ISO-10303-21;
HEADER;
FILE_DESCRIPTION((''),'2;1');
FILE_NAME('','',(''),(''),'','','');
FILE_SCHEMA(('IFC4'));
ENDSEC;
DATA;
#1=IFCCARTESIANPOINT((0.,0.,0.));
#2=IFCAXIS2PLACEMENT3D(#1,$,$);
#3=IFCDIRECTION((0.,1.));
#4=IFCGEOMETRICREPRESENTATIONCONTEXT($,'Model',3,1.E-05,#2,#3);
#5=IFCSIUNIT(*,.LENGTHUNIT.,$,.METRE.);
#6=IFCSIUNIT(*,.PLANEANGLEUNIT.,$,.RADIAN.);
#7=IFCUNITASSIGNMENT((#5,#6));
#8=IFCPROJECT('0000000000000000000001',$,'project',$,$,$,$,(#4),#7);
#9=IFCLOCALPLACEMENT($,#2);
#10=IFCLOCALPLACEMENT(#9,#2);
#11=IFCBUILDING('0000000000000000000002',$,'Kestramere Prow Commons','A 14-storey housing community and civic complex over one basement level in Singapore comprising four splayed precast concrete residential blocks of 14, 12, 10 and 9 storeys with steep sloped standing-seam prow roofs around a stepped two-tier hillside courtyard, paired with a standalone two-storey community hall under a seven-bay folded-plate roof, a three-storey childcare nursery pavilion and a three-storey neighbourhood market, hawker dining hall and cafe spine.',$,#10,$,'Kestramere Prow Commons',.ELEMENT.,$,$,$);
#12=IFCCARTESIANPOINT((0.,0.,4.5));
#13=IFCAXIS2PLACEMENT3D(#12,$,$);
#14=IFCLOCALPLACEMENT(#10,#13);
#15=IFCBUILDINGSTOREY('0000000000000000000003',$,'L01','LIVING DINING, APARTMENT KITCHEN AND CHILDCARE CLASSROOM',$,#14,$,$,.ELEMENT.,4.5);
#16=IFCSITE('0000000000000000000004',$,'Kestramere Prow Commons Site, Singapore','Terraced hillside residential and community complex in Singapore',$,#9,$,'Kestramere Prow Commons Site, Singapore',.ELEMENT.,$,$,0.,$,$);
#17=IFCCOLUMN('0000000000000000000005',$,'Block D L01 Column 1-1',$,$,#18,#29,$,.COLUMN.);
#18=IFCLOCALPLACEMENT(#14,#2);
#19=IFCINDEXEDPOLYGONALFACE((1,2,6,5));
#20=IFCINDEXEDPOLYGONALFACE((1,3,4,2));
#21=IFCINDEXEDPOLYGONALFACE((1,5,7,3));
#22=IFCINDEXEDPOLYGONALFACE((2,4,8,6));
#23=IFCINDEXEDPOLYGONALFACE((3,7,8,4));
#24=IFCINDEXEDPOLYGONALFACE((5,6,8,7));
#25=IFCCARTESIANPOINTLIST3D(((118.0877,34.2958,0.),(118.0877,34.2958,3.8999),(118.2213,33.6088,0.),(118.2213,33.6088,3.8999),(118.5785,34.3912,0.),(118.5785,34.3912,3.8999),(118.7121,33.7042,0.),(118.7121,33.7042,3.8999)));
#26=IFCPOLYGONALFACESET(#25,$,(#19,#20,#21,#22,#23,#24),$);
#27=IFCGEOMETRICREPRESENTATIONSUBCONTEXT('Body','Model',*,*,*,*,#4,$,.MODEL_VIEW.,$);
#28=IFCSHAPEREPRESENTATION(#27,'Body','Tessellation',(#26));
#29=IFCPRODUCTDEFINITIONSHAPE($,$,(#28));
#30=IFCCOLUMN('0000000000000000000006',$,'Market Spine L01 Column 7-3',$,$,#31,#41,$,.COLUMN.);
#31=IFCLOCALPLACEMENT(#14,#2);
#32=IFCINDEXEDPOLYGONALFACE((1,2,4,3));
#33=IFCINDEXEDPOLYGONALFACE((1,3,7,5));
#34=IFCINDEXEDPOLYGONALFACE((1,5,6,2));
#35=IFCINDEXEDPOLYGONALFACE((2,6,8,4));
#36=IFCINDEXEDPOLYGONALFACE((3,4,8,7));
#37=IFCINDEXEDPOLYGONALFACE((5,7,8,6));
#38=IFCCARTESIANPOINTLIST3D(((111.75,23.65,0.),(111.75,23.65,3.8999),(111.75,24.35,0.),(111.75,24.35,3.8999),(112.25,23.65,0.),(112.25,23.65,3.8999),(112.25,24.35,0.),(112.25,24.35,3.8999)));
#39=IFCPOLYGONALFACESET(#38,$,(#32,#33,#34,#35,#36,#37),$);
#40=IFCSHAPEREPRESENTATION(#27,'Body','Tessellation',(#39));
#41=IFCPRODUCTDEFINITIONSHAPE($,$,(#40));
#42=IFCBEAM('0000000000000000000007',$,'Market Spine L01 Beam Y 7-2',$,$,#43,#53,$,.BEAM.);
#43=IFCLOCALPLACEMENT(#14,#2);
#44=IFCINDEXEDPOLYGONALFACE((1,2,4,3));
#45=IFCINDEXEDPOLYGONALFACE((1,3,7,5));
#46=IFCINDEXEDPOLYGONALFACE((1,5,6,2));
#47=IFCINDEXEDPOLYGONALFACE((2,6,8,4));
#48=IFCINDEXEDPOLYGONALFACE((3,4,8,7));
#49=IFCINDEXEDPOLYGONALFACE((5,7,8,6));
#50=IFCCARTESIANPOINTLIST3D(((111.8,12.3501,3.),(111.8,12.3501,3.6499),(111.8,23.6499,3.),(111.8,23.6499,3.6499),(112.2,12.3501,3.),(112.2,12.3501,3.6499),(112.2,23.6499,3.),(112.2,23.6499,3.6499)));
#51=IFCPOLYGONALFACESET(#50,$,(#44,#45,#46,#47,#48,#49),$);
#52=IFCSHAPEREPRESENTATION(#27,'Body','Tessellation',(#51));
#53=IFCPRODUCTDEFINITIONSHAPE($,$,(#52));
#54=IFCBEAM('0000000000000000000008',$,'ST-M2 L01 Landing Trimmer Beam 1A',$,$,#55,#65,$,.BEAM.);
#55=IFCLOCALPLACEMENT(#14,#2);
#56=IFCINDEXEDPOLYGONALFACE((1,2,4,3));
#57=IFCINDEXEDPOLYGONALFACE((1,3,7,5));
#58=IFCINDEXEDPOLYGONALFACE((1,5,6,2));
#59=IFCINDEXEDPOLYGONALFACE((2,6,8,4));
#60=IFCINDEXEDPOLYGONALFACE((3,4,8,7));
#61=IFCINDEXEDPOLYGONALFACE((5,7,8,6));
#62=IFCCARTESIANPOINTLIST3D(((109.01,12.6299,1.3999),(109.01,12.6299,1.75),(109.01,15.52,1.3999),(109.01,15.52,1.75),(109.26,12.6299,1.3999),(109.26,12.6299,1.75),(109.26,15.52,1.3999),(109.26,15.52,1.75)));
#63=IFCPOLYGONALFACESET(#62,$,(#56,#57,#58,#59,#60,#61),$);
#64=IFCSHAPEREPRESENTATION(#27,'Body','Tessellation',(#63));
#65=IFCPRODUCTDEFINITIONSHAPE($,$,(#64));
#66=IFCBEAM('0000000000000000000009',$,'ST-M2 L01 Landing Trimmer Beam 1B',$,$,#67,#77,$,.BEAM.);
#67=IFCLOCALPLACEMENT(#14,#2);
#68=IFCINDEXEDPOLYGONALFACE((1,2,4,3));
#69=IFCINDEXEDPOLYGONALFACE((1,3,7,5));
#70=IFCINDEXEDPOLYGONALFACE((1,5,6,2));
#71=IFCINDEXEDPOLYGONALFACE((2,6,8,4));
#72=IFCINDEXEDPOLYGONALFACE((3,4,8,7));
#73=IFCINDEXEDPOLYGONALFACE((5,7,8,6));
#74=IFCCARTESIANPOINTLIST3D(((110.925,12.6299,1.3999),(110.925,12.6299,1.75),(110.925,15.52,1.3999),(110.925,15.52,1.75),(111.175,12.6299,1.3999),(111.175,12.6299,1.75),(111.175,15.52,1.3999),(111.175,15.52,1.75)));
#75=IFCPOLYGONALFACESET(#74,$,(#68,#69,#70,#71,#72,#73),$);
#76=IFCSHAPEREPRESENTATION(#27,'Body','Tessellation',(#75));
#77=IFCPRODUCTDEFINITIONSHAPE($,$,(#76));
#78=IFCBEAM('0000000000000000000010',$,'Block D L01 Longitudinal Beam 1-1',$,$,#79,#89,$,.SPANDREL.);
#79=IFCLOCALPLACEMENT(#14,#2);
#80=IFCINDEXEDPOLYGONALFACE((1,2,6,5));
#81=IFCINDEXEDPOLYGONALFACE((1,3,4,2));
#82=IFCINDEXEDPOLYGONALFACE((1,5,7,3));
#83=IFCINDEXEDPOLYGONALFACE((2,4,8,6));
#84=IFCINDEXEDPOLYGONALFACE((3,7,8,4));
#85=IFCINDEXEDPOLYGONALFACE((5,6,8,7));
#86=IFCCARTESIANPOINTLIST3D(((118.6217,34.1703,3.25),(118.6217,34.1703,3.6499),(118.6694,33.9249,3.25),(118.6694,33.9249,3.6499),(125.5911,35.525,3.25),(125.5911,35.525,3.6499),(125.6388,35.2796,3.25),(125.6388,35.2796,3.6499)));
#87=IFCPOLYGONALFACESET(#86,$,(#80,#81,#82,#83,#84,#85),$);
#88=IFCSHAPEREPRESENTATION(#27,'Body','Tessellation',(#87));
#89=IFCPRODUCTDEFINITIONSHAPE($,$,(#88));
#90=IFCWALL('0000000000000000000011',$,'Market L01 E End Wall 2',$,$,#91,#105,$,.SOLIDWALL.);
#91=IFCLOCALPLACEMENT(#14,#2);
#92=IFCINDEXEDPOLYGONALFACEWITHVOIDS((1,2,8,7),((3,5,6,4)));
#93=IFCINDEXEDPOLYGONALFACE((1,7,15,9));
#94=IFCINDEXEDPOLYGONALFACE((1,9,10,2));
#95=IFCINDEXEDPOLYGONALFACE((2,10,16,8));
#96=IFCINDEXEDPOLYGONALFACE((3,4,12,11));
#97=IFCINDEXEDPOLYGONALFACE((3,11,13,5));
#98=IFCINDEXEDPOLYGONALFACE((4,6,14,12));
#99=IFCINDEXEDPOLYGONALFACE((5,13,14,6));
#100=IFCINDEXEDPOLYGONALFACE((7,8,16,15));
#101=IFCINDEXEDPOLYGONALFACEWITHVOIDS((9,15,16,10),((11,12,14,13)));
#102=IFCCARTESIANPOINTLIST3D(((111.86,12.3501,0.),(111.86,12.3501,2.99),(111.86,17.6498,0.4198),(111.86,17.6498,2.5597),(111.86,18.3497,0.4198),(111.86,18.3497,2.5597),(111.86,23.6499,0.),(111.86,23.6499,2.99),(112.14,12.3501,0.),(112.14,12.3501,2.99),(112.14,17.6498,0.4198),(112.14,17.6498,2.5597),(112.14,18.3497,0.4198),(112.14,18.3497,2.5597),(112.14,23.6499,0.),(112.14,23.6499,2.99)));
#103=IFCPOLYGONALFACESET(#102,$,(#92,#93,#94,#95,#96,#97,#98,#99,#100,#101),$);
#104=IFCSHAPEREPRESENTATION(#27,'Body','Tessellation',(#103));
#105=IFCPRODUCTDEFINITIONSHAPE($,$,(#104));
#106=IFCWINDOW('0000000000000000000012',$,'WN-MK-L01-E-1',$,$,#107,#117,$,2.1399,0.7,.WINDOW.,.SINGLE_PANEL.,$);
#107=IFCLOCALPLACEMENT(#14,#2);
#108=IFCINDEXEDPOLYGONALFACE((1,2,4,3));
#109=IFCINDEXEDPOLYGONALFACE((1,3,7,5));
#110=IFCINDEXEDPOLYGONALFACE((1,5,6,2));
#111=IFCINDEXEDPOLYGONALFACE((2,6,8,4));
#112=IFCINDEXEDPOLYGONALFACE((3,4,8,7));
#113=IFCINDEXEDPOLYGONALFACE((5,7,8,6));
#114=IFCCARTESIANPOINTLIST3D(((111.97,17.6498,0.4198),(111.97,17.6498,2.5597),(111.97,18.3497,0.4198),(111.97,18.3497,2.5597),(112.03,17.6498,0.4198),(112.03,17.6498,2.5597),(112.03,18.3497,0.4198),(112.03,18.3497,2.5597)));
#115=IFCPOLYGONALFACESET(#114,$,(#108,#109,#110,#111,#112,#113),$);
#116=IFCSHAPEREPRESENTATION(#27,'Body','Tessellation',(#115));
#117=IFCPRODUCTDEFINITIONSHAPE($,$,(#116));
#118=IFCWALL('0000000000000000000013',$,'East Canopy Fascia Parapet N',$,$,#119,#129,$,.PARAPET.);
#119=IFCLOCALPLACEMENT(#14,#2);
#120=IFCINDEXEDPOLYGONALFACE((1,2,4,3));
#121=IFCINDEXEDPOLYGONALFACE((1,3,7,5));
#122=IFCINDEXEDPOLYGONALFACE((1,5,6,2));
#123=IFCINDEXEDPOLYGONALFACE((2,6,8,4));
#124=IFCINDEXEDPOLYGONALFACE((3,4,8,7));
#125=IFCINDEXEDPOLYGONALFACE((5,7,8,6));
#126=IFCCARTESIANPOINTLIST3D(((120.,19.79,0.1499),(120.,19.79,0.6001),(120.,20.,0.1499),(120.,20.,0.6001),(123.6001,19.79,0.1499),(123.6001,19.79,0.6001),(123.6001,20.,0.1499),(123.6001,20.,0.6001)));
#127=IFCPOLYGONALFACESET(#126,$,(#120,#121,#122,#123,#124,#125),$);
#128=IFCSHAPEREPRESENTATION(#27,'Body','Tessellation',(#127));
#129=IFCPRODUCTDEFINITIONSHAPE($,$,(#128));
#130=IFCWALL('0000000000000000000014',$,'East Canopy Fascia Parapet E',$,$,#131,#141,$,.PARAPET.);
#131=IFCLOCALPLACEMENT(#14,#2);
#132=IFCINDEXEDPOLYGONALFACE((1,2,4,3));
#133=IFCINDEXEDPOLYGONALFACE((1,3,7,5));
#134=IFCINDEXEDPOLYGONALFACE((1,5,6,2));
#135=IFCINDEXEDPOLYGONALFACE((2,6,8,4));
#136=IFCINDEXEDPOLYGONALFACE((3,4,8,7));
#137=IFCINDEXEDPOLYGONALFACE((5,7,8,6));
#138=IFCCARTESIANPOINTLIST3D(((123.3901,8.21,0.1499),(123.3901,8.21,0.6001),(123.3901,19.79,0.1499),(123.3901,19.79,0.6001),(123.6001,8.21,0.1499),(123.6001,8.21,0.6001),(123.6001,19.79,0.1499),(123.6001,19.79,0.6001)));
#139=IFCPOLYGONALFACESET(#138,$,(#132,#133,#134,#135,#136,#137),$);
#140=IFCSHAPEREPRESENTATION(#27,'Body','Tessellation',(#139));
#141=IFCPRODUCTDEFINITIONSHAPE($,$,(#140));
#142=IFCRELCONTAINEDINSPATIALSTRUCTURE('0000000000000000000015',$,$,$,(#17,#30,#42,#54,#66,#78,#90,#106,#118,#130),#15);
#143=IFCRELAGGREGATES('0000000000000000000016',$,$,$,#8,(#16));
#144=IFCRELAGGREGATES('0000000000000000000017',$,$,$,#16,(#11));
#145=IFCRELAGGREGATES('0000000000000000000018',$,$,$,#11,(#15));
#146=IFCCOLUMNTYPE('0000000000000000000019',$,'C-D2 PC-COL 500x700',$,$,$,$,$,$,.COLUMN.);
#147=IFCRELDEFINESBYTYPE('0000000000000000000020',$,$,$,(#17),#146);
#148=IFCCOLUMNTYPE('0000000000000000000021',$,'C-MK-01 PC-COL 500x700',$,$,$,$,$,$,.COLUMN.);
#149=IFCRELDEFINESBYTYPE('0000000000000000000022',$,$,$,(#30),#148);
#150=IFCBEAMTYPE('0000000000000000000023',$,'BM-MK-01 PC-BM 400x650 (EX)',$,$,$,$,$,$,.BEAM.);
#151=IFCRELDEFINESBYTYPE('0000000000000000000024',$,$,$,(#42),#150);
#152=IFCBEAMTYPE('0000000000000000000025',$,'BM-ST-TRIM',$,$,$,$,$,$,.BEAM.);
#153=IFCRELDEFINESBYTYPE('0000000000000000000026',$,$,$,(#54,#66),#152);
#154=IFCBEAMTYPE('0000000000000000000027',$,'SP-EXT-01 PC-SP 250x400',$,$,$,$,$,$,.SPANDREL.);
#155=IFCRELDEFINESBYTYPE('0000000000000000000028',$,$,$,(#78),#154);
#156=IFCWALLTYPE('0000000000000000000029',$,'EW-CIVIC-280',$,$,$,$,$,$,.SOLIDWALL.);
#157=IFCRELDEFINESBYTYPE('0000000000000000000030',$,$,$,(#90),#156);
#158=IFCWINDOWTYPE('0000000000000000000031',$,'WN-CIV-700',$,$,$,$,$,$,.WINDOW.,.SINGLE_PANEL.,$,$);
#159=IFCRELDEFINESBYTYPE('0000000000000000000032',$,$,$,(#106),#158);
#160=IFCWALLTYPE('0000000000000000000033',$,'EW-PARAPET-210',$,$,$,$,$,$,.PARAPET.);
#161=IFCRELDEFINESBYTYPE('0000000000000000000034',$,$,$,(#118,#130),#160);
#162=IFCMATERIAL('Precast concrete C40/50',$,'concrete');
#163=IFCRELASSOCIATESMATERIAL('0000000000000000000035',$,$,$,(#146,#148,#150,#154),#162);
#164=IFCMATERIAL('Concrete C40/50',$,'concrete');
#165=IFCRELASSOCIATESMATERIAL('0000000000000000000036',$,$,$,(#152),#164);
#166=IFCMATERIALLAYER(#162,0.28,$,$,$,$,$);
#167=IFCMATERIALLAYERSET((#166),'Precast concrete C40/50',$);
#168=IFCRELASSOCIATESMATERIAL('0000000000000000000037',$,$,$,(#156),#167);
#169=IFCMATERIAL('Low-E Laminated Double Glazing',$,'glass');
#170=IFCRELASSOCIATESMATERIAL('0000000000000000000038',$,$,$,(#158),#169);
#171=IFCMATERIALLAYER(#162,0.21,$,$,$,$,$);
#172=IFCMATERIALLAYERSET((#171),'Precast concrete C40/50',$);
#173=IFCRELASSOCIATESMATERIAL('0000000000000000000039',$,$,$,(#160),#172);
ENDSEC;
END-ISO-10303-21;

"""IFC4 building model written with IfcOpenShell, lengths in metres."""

from ifc_helpers import new_model, si_unit, direction, frame, frame_2d, origin, origin_2d, place, context, subcontext, project, spatial, rectangle, extrude, material, layer, layer_set, material_profile, profile_set, type_object, element, fill, save


model = new_model("IFC4")

# Units and contexts
model_context = context("Model", 3, precision=1e-05, world=origin(), true_north=direction((0.0, 1.0)))
body_context = subcontext(model_context, "Body", "Model", "MODEL_VIEW")
ifc_project = project(units=[si_unit("LENGTHUNIT", "METRE"), si_unit("PLANEANGLEUNIT", "RADIAN")], contexts=[model_context])

# Site, building, storey
site_placement = place(None, origin())
site = spatial("IfcSite", under=ifc_project, at=site_placement, Name="Kestramere Prow Commons Site, Singapore", Description="Terraced hillside residential and community complex in Singapore", LongName="Kestramere Prow Commons Site, Singapore", CompositionType="ELEMENT", RefElevation=0.0)
building_placement = place(site_placement, origin())
building = spatial("IfcBuilding", under=site, at=building_placement, Name="Kestramere Prow Commons", Description="A 14-storey housing community and civic complex over one basement level in Singapore comprising four splayed precast concrete residential blocks of 14, 12, 10 and 9 storeys with steep sloped standing-seam prow roofs around a stepped two-tier hillside courtyard, paired with a standalone two-storey community hall under a seven-bay folded-plate roof, a three-storey childcare nursery pavilion and a three-storey neighbourhood market, hawker dining hall and cafe spine.", LongName="Kestramere Prow Commons", CompositionType="ELEMENT")
storey_placement = place(building_placement, frame((0.0, 0.0, 4.5)))
storey = spatial("IfcBuildingStorey", under=building, at=storey_placement, Name="L01", Description="LIVING DINING, APARTMENT KITCHEN AND CHILDCARE CLASSROOM", CompositionType="ELEMENT", Elevation=4.5)

# Columns
ifc_material_1 = material(Name="Precast concrete C40/50", Category="concrete")
ifc_material_profile_1 = material_profile(ifc_material_1, rectangle(XDim=0.5, YDim=0.7, at=origin_2d()), Name="PC-COL 500x700")
ifc_profile_set_1 = profile_set([ifc_material_profile_1], Name="Precast concrete C40/50")
column_type_1 = type_object("IfcColumnType", Name="C-D2 PC-COL 500x700", PredefinedType="COLUMN", material=ifc_profile_set_1)
column_1_placement = place(storey_placement, frame((118.3999, 34.0, 0.0), z_axis=(0.0, 0.0, 1.0), x_axis=(0.981627, 0.190809, 0.0)))
element("IfcColumn", 1, at=column_1_placement, inside=storey, type_object=column_type_1, Name="Block D L01 Column 1-1", PredefinedType="COLUMN", context=body_context, shape_type="SweptSolid", body=[
    extrude(rectangle(XDim=0.5, YDim=0.7, at=origin_2d()), origin(), (0.0, 0.0, 1.0), 3.8999),
])
ifc_material_profile_2 = material_profile(ifc_material_1, rectangle(XDim=0.5, YDim=0.7, at=origin_2d()), Name="PC-COL 500x700")
ifc_profile_set_2 = profile_set([ifc_material_profile_2], Name="Precast concrete C40/50")
column_type_2 = type_object("IfcColumnType", Name="C-MK-01 PC-COL 500x700", PredefinedType="COLUMN", material=ifc_profile_set_2)
column_2_placement = place(storey_placement, frame((112.0, 24.0, 0.0), z_axis=(0.0, 0.0, 1.0), x_axis=(1.0, 0.0, 0.0)))
element("IfcColumn", 2, at=column_2_placement, inside=storey, type_object=column_type_2, Name="Market Spine L01 Column 7-3", PredefinedType="COLUMN", context=body_context, shape_type="SweptSolid", body=[
    extrude(rectangle(XDim=0.5, YDim=0.7, at=origin_2d()), origin(), (0.0, 0.0, 1.0), 3.8999),
])

# Beams
ifc_material_profile_3 = material_profile(ifc_material_1, rectangle(XDim=0.3999, YDim=0.6499, at=origin_2d()), Name="PC-BM 400x650")
ifc_profile_set_3 = profile_set([ifc_material_profile_3], Name="Precast concrete C40/50")
beam_type_1 = type_object("IfcBeamType", Name="BM-MK-01 PC-BM 400x650 (EX)", PredefinedType="BEAM", material=ifc_profile_set_3)
beam_1_placement = place(storey_placement, frame((112.0, 12.3501, 3.325), z_axis=(0.0, 1.0, 0.0), x_axis=(-1.0, 0.0, 0.0)))
element("IfcBeam", 3, at=beam_1_placement, inside=storey, type_object=beam_type_1, Name="Market Spine L01 Beam Y 7-2", PredefinedType="BEAM", context=body_context, shape_type="SweptSolid", body=[
    extrude(rectangle(XDim=0.3999, YDim=0.6499, at=origin_2d()), origin(), (0.0, 0.0, 1.0), 11.2998),
])
ifc_material_2 = material(Name="Concrete C40/50", Category="concrete")
ifc_material_profile_4 = material_profile(ifc_material_2, rectangle(XDim=0.25, YDim=0.3501, at=origin_2d()), Name="PC-BM 250x350")
ifc_profile_set_4 = profile_set([ifc_material_profile_4], Name="Concrete C40/50")
beam_type_2 = type_object("IfcBeamType", Name="BM-ST-TRIM", PredefinedType="BEAM", material=ifc_profile_set_4)
for number, where, z_axis, x_axis, name in (
    (4, (109.135, 12.6299, 1.575), (0.0, 1.0, 0.0), (-1.0, 0.0, 0.0), "ST-M2 L01 Landing Trimmer Beam 1A"),
    (5, (111.05, 12.6299, 1.575), (0.0, 1.0, 0.0), (-1.0, 0.0, 0.0), "ST-M2 L01 Landing Trimmer Beam 1B"),
):
    element("IfcBeam", number, at=place(storey_placement, frame(where, z_axis=z_axis, x_axis=x_axis)), inside=storey, type_object=beam_type_2, Name=name, PredefinedType="BEAM", context=body_context, shape_type="SweptSolid", body=[
        extrude(rectangle(XDim=0.25, YDim=0.3501, at=origin_2d()), origin(), (0.0, 0.0, 1.0), 2.8901),
    ])
ifc_material_profile_5 = material_profile(ifc_material_1, rectangle(XDim=0.25, YDim=0.3999, at=origin_2d()), Name="PC-SP 250x400")
ifc_profile_set_5 = profile_set([ifc_material_profile_5], Name="Precast concrete C40/50")
beam_type_3 = type_object("IfcBeamType", Name="SP-EXT-01 PC-SP 250x400", PredefinedType="SPANDREL", material=ifc_profile_set_5)
beam_2_placement = place(storey_placement, frame((118.6455, 34.0476, 3.45), z_axis=(0.981627, 0.19081, 0.0), x_axis=(-0.19081, 0.981627, 0.0)))
element("IfcBeam", 6, at=beam_2_placement, inside=storey, type_object=beam_type_3, Name="Block D L01 Longitudinal Beam 1-1", PredefinedType="SPANDREL", context=body_context, shape_type="SweptSolid", body=[
    extrude(rectangle(XDim=0.25, YDim=0.3999, at=origin_2d()), origin(), (0.0, 0.0, 1.0), 7.0999),
])

# Wall, opening, window
ifc_layer_1 = layer(ifc_material_1, 0.28)
ifc_layer_set_1 = layer_set([ifc_layer_1], Name="Precast concrete C40/50")
wall_type_1 = type_object("IfcWallType", Name="EW-CIVIC-280", PredefinedType="SOLIDWALL", material=ifc_layer_set_1)
wall_1_placement = place(storey_placement, frame((112.0, 23.6499, 0.0), z_axis=(0.0, 0.0, 1.0), x_axis=(0.0, -1.0, 0.0)))
wall_1 = element("IfcWall", 7, at=wall_1_placement, inside=storey, type_object=wall_type_1, Name="Market L01 E End Wall 2", PredefinedType="SOLIDWALL", context=body_context, shape_type="SweptSolid", body=[
    extrude(rectangle(XDim=11.2998, YDim=0.28, at=frame_2d((5.6499, 0.0))), origin(), (0.0, 0.0, 1.0), 2.99),
])
opening_1_placement = place(wall_1_placement, frame((5.3, 0.0, 0.4199)))
opening_1 = element("IfcOpeningElement", 8, at=opening_1_placement, cuts=wall_1, PredefinedType="OPENING", context=body_context, shape_type="SweptSolid", body=[
    extrude(rectangle(XDim=0.7, YDim=2.1399, at=frame_2d((0.3501, 1.0698))), frame((0.0, 0.155, 0.0), z_axis=(0.0, -1.0, 0.0), x_axis=(1.0, 0.0, 0.0)), (0.0, 0.0, 1.0), 0.3101),
])
ifc_material_3 = material(Name="Low-E Laminated Double Glazing", Category="glass")
window_type_1 = type_object("IfcWindowType", Name="WN-CIV-700", PartitioningType="SINGLE_PANEL", PredefinedType="WINDOW", material=ifc_material_3)
window_1_placement = place(opening_1_placement, origin())
window_1 = element("IfcWindow", 9, at=window_1_placement, inside=storey, type_object=window_type_1, Name="WN-MK-L01-E-1", OverallHeight=2.1399, OverallWidth=0.7, PartitioningType="SINGLE_PANEL", PredefinedType="WINDOW", context=body_context, shape_type="SweptSolid", body=[
    extrude(rectangle(XDim=0.7, YDim=2.1399, at=frame_2d((0.3501, 1.0698))), frame((0.0, 0.03, 0.0), z_axis=(0.0, -1.0, 0.0), x_axis=(1.0, 0.0, 0.0)), (0.0, 0.0, 1.0), 0.0601),
])
fill(opening_1, window_1)

# Walls
ifc_layer_2 = layer(ifc_material_1, 0.21)
ifc_layer_set_2 = layer_set([ifc_layer_2], Name="Precast concrete C40/50")
wall_type_2 = type_object("IfcWallType", Name="EW-PARAPET-210", PredefinedType="PARAPET", material=ifc_layer_set_2)
wall_2_placement = place(storey_placement, frame((120.0, 19.895, 0.1499), z_axis=(0.0, 0.0, 1.0), x_axis=(1.0, 0.0, 0.0)))
element("IfcWall", 10, at=wall_2_placement, inside=storey, type_object=wall_type_2, Name="East Canopy Fascia Parapet N", PredefinedType="PARAPET", context=body_context, shape_type="SweptSolid", body=[
    extrude(rectangle(XDim=3.6001, YDim=0.21, at=frame_2d((1.8, 0.0))), origin(), (0.0, 0.0, 1.0), 0.4502),
])
wall_3_placement = place(storey_placement, frame((123.4951, 19.79, 0.1499), z_axis=(0.0, 0.0, 1.0), x_axis=(0.0, -1.0, 0.0)))
element("IfcWall", 11, at=wall_3_placement, inside=storey, type_object=wall_type_2, Name="East Canopy Fascia Parapet E", PredefinedType="PARAPET", context=body_context, shape_type="SweptSolid", body=[
    extrude(rectangle(XDim=11.5801, YDim=0.21, at=frame_2d((5.79, 0.0))), origin(), (0.0, 0.0, 1.0), 0.4502),
])

save(model, "model.ifc")
